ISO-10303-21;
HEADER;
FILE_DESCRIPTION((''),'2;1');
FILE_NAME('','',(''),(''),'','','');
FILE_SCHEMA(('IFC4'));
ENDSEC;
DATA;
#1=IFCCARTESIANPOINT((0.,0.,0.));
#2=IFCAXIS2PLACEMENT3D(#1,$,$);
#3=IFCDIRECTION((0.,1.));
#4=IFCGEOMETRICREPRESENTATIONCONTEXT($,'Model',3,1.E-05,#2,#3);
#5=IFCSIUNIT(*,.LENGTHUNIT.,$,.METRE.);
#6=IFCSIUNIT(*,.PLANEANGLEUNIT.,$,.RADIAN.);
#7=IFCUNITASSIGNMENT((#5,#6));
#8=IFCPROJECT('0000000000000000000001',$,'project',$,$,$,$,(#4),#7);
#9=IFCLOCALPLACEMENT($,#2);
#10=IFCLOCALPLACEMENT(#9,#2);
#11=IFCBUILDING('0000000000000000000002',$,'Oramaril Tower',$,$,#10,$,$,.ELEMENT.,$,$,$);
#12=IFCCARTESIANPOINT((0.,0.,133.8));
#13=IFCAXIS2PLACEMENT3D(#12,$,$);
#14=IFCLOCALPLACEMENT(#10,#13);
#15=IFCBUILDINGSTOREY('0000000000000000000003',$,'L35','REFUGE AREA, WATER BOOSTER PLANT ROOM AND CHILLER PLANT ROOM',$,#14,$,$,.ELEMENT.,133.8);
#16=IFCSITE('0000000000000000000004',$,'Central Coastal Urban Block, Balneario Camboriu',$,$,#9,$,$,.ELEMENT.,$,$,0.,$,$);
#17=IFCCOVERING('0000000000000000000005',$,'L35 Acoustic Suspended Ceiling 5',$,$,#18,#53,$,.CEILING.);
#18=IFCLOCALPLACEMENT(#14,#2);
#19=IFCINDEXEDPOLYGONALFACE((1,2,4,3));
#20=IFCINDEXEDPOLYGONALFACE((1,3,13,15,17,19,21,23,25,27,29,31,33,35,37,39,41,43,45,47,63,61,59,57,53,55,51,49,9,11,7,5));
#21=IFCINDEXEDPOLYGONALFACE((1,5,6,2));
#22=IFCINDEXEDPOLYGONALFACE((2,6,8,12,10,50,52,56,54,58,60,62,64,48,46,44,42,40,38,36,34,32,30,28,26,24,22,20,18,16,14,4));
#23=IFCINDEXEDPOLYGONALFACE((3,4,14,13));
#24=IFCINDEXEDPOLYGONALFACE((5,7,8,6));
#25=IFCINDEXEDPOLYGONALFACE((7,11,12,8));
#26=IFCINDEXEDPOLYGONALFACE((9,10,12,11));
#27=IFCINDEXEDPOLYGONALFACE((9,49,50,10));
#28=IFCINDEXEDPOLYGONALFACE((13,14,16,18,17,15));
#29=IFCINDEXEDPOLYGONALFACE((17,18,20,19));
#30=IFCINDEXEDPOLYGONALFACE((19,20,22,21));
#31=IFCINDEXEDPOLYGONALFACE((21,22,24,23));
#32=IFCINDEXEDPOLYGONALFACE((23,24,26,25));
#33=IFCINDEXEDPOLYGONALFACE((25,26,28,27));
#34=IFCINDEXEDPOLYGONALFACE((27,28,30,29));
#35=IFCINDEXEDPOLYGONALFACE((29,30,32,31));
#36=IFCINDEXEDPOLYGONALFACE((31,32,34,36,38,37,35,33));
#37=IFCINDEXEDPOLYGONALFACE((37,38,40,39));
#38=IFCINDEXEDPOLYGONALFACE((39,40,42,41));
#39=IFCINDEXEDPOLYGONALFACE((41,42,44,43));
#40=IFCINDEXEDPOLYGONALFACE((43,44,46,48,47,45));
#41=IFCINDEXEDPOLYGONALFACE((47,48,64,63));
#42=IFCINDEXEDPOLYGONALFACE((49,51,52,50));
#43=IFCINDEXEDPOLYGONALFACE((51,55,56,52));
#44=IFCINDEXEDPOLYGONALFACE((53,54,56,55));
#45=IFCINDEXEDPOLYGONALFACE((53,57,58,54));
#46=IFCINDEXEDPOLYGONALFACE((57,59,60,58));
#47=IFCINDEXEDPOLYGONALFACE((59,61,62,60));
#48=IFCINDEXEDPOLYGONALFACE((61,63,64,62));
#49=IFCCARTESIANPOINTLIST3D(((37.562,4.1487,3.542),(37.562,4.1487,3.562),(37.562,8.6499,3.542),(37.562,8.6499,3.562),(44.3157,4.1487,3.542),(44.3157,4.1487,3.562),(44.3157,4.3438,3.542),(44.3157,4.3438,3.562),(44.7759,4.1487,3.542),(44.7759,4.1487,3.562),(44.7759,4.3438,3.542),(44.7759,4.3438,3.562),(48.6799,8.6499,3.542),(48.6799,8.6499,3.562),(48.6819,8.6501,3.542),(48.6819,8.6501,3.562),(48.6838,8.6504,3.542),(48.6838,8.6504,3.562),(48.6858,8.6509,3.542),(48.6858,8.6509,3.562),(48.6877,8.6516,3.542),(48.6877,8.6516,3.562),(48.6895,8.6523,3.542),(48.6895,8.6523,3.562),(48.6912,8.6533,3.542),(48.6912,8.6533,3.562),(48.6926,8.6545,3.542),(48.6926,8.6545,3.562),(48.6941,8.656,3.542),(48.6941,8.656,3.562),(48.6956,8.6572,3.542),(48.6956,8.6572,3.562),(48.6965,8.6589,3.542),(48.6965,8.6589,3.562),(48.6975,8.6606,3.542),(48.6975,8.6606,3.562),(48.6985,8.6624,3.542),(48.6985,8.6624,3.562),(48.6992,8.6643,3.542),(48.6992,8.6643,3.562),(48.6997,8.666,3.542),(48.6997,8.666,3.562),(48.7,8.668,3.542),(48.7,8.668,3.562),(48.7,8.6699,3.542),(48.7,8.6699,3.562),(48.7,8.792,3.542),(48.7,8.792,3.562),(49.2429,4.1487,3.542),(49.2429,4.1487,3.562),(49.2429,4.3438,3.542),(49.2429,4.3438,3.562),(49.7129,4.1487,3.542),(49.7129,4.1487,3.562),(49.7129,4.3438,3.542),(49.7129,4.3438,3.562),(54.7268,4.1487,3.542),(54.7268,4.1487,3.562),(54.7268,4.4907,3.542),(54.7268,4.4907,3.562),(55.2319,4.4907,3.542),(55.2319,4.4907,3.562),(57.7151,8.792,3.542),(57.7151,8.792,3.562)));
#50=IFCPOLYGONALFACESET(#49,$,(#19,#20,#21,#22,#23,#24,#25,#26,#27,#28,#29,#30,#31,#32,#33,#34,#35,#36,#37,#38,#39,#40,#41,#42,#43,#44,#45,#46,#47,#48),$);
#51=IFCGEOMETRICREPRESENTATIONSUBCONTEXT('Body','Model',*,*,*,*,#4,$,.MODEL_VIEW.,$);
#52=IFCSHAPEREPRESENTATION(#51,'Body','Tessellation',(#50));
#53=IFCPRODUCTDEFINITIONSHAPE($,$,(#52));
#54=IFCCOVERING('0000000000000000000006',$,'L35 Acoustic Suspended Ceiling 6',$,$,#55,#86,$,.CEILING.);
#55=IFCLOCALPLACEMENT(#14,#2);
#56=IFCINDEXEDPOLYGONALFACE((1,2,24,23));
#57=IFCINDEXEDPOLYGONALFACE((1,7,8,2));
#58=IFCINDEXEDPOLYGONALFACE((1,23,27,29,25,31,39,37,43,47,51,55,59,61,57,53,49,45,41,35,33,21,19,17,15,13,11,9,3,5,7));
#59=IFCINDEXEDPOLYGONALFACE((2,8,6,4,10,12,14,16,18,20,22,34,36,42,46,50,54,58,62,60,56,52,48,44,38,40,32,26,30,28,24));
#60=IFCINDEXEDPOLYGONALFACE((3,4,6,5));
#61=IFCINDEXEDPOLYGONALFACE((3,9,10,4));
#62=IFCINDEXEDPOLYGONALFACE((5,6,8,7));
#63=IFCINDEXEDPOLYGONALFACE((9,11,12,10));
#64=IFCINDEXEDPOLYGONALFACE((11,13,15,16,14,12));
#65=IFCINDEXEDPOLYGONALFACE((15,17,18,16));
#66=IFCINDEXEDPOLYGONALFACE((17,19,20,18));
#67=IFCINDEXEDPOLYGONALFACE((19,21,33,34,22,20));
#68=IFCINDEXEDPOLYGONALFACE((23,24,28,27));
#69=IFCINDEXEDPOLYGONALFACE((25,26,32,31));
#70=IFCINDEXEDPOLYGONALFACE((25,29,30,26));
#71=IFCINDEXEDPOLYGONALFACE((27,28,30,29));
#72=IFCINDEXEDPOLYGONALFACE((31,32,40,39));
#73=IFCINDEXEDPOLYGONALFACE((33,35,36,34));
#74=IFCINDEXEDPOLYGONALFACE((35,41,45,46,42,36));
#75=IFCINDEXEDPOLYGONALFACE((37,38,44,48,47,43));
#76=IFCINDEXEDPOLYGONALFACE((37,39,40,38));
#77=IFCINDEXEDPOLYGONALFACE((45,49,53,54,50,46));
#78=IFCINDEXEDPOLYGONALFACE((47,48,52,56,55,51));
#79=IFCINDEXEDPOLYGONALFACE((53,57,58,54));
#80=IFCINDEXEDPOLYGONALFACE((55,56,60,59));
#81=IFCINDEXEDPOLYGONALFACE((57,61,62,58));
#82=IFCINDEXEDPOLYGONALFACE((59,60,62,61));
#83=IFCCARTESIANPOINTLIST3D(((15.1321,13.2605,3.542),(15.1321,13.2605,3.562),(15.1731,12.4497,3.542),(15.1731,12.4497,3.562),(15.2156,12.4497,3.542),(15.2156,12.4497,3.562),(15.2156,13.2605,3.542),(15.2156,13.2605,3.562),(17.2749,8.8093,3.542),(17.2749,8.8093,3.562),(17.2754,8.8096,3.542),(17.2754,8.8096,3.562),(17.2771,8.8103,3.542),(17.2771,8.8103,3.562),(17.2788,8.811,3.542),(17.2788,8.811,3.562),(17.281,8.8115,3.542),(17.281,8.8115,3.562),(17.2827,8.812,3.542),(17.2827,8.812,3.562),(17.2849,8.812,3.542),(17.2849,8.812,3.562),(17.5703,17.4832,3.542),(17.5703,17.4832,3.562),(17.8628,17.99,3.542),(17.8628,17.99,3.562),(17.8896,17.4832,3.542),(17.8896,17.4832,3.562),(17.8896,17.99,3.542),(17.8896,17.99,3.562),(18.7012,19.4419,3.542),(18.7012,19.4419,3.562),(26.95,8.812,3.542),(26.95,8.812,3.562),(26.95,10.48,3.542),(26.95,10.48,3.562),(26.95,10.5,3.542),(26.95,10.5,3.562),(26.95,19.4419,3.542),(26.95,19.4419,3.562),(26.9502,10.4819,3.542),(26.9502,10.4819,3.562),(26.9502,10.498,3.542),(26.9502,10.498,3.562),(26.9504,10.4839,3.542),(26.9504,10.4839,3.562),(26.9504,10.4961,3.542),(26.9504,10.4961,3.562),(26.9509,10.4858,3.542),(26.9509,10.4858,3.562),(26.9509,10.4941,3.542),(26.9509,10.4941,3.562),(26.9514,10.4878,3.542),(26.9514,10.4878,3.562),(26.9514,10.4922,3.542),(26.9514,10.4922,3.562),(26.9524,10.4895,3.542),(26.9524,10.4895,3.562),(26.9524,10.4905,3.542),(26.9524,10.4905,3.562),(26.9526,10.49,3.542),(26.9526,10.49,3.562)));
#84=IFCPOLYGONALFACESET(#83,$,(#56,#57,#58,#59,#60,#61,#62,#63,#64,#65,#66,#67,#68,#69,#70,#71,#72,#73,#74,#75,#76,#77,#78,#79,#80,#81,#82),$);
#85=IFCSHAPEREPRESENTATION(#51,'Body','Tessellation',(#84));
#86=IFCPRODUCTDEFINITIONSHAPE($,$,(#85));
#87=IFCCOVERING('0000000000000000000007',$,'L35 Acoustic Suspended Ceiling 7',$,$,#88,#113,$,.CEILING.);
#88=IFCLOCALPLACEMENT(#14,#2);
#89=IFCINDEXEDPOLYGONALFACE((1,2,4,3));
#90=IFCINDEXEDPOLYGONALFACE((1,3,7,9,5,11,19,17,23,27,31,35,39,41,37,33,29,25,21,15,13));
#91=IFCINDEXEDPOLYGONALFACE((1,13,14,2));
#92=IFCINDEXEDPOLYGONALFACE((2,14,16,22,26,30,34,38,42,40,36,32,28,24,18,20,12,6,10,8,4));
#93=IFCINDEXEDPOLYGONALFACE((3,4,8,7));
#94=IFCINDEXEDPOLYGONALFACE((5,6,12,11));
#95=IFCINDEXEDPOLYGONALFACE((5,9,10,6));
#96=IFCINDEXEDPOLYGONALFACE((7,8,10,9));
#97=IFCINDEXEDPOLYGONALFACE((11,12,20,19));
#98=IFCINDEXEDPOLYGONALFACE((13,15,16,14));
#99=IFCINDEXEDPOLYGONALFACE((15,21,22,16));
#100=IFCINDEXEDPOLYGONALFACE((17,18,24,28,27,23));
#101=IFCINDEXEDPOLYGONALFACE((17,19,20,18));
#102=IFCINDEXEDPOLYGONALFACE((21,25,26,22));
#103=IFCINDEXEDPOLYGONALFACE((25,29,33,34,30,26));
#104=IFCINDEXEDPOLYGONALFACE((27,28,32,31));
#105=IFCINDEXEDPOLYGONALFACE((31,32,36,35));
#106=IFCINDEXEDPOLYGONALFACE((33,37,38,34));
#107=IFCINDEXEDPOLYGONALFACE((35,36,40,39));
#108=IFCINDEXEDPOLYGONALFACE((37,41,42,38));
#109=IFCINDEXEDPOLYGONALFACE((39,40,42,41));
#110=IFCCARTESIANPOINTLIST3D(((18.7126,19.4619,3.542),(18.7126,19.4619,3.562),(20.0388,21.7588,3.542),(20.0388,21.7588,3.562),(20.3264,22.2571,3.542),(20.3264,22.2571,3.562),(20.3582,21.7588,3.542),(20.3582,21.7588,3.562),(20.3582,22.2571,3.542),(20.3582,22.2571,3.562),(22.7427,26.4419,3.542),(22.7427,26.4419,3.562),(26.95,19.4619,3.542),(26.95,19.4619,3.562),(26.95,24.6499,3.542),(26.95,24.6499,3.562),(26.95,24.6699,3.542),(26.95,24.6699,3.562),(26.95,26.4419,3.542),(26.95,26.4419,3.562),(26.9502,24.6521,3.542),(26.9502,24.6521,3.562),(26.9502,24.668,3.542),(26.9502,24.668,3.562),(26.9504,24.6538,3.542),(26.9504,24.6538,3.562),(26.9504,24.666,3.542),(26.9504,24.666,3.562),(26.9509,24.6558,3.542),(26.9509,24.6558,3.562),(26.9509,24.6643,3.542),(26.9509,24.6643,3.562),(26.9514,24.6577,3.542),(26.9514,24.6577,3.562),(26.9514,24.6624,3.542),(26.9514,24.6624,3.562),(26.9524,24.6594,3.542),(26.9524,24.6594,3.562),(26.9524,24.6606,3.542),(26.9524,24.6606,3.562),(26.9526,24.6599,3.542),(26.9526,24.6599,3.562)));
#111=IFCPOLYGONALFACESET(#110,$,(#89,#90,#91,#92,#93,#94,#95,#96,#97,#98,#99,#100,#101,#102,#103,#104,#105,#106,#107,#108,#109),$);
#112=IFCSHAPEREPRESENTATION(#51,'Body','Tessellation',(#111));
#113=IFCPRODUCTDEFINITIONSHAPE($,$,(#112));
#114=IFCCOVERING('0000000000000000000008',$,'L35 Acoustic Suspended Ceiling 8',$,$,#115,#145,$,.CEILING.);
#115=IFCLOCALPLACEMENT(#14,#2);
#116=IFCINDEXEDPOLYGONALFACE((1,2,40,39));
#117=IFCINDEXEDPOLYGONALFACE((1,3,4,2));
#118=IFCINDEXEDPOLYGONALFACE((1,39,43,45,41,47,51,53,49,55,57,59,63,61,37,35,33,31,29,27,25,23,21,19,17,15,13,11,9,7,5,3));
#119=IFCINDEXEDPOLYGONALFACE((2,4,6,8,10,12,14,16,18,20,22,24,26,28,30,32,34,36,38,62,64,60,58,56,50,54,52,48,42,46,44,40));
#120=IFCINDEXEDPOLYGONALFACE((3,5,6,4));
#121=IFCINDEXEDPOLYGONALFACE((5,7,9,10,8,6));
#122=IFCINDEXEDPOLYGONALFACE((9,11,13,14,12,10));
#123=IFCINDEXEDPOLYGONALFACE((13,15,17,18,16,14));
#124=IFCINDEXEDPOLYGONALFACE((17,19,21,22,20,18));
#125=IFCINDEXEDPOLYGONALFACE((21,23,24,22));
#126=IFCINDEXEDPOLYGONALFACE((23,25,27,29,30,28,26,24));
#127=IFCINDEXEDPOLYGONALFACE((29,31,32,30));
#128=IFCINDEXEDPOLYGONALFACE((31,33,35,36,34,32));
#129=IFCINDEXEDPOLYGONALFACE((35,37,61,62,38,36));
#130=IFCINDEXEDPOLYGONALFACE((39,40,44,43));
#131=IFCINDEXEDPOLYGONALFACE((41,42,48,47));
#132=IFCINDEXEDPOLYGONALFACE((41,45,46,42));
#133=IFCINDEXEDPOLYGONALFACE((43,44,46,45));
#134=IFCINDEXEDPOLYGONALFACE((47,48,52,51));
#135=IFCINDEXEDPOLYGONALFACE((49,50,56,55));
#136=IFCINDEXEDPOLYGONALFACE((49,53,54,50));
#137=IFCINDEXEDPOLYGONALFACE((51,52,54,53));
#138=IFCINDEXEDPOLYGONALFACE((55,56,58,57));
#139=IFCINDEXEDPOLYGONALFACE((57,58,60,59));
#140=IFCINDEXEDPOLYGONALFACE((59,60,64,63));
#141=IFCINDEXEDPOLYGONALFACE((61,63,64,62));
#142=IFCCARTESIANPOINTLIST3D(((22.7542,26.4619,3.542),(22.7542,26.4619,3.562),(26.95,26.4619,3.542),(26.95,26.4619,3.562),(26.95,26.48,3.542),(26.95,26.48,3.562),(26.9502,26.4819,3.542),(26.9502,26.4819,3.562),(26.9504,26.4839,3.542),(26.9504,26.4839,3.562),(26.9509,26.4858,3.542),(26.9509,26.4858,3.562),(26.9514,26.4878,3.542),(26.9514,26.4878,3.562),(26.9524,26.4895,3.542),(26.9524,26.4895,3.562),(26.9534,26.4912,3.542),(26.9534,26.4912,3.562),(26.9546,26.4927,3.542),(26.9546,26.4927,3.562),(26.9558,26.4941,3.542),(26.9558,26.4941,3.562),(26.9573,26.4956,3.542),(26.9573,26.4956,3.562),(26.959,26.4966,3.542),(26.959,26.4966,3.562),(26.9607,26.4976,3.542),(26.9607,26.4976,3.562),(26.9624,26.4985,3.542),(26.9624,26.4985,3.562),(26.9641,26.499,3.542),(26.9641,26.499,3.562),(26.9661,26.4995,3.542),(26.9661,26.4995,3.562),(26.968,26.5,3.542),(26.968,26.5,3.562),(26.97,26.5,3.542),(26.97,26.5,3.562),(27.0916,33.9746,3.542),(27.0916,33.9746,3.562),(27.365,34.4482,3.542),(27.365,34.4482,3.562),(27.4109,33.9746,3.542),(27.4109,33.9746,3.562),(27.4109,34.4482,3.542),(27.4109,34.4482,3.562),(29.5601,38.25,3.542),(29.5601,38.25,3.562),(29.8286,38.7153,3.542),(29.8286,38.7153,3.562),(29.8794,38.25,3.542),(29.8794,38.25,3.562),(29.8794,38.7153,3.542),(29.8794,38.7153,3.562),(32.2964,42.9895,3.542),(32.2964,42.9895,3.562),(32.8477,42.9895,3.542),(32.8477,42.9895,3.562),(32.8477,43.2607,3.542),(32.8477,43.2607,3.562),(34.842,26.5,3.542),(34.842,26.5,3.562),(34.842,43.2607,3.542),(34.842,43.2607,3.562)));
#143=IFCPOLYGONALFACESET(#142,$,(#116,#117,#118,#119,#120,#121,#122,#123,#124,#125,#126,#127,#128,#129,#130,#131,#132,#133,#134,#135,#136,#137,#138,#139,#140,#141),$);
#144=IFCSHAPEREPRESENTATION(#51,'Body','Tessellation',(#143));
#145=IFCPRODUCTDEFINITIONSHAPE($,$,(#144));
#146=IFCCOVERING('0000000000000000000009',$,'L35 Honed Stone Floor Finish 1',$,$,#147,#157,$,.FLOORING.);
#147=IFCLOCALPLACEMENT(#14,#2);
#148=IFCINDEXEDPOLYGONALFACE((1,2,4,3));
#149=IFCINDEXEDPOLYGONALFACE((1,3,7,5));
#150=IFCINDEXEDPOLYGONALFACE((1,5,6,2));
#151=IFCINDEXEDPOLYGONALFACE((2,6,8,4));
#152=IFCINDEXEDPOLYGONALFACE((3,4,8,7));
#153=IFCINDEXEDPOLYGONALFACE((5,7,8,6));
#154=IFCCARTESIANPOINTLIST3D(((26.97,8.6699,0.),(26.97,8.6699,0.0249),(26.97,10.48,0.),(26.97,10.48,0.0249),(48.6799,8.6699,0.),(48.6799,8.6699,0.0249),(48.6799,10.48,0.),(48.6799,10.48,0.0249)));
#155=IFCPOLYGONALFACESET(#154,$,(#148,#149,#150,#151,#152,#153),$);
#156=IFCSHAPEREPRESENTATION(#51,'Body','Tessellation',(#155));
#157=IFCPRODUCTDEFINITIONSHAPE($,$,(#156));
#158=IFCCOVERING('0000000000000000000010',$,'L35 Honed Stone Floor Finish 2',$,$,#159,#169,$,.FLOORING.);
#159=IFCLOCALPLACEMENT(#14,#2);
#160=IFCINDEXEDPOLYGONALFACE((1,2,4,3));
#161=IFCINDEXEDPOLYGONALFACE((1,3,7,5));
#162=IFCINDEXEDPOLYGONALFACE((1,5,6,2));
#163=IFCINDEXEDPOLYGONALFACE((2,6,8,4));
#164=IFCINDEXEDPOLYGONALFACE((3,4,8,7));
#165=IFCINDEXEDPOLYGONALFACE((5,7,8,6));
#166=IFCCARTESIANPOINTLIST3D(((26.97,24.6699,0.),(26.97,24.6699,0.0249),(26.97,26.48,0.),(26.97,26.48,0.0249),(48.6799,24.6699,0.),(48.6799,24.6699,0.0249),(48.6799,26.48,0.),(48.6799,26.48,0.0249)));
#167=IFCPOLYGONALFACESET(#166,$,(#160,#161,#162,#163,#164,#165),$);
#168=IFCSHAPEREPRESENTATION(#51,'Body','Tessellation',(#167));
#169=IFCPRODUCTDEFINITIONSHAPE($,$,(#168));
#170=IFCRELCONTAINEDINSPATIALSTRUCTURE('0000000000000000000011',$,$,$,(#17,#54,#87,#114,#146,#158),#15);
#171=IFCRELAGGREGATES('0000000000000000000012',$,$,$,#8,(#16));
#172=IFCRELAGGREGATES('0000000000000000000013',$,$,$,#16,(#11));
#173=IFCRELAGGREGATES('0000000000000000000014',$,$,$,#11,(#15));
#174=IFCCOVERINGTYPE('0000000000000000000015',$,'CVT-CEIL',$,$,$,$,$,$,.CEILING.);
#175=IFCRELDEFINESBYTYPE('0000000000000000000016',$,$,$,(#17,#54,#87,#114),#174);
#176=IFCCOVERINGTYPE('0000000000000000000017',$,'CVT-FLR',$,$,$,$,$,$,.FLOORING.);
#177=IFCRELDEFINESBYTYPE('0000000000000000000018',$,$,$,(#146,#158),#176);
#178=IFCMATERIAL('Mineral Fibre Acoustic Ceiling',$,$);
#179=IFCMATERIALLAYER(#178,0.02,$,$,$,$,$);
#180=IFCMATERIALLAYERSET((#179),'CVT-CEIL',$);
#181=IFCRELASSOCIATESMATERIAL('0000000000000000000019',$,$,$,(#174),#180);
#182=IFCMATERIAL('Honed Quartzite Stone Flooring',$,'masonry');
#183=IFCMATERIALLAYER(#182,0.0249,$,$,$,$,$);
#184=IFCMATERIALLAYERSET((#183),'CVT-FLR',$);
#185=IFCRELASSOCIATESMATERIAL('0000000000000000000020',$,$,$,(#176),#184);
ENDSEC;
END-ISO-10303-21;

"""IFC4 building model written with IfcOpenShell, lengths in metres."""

from ifc_helpers import new_model, si_unit, direction, frame, origin, place, context, subcontext, project, spatial, polyline, outline, extrude, material, layer, layer_set, type_object, element, save


model = new_model("IFC4")

# Units and contexts
model_context = context("Model", 3, precision=1e-05, world=origin(), true_north=direction((0.0, 1.0)))
body_context = subcontext(model_context, "Body", "Model", "MODEL_VIEW")
ifc_project = project(units=[si_unit("LENGTHUNIT", "METRE"), si_unit("PLANEANGLEUNIT", "RADIAN")], contexts=[model_context])

# Site, building, storey
site_placement = place(None, origin())
site = spatial("IfcSite", under=ifc_project, at=site_placement, Name="Central Coastal Urban Block, Balneario Camboriu", CompositionType="ELEMENT", RefElevation=0.0)
building_placement = place(site_placement, origin())
building = spatial("IfcBuilding", under=site, at=building_placement, Name="Oramaril Tower", CompositionType="ELEMENT")
storey_placement = place(building_placement, frame((0.0, 0.0, 133.8)))
storey = spatial("IfcBuildingStorey", under=building, at=storey_placement, Name="L35", Description="REFUGE AREA, WATER BOOSTER PLANT ROOM AND CHILLER PLANT ROOM", CompositionType="ELEMENT", Elevation=133.8)

# Coverings
ifc_material_1 = material(Name="Mineral Fibre Acoustic Ceiling")
ifc_layer_1 = layer(ifc_material_1, 0.02)
ifc_layer_set_1 = layer_set([ifc_layer_1], Name="CVT-CEIL")
covering_type_1 = type_object("IfcCoveringType", Name="CVT-CEIL", PredefinedType="CEILING", material=ifc_layer_set_1)
covering_1_placement = place(storey_placement, frame((0.0, 0.0, 3.542)))
element("IfcCovering", 1, at=covering_1_placement, inside=storey, type_object=covering_type_1, Name="L35 Acoustic Suspended Ceiling 5", PredefinedType="CEILING", context=body_context, shape_type="SweptSolid", body=[
    extrude(outline(polyline([(49.7129, 4.3438), (49.2429, 4.3438), (49.2429, 4.1487), (44.7759, 4.1487), (44.7759, 4.3438), (44.3157, 4.3438), (44.3157, 4.1487), (37.562, 4.1487), (37.562, 8.6499), (48.6799, 8.6499), (48.6819, 8.6501), (48.6838, 8.6504), (48.6858, 8.6509), (48.6877, 8.6516), (48.6895, 8.6523), (48.6912, 8.6533), (48.6926, 8.6545), (48.6941, 8.656), (48.6956, 8.6572), (48.6965, 8.6589), (48.6975, 8.6606), (48.6985, 8.6624), (48.6992, 8.6643), (48.6997, 8.666), (48.7, 8.668), (48.7, 8.6699), (48.7, 8.792), (57.7151, 8.792), (55.2319, 4.4907), (54.7268, 4.4907), (54.7268, 4.1487), (49.7129, 4.1487), (49.7129, 4.3438)])), origin(), (0.0, 0.0, 1.0), 0.02),
])
covering_2_placement = place(storey_placement, frame((0.0, 0.0, 3.542)))
element("IfcCovering", 2, at=covering_2_placement, inside=storey, type_object=covering_type_1, Name="L35 Acoustic Suspended Ceiling 6", PredefinedType="CEILING", context=body_context, shape_type="SweptSolid", body=[
    extrude(outline(polyline([(15.1731, 12.4497), (15.2156, 12.4497), (15.2156, 13.2605), (15.1321, 13.2605), (17.5703, 17.4832), (17.8896, 17.4832), (17.8896, 17.99), (17.8628, 17.99), (18.7012, 19.4419), (26.95, 19.4419), (26.95, 10.5), (26.9502, 10.498), (26.9504, 10.4961), (26.9509, 10.4941), (26.9514, 10.4922), (26.9524, 10.4905), (26.9526, 10.49), (26.9524, 10.4895), (26.9514, 10.4878), (26.9509, 10.4858), (26.9504, 10.4839), (26.9502, 10.4819), (26.95, 10.48), (26.95, 8.812), (17.2849, 8.812), (17.2827, 8.812), (17.281, 8.8115), (17.2788, 8.811), (17.2771, 8.8103), (17.2754, 8.8096), (17.2749, 8.8093), (15.1731, 12.4497)])), origin(), (0.0, 0.0, 1.0), 0.02),
])
covering_3_placement = place(storey_placement, frame((0.0, 0.0, 3.542)))
element("IfcCovering", 3, at=covering_3_placement, inside=storey, type_object=covering_type_1, Name="L35 Acoustic Suspended Ceiling 7", PredefinedType="CEILING", context=body_context, shape_type="SweptSolid", body=[
    extrude(outline(polyline([(20.0388, 21.7588), (20.3582, 21.7588), (20.3582, 22.2571), (20.3264, 22.2571), (22.7427, 26.4419), (26.95, 26.4419), (26.95, 24.6699), (26.9502, 24.668), (26.9504, 24.666), (26.9509, 24.6643), (26.9514, 24.6624), (26.9524, 24.6606), (26.9526, 24.6599), (26.9524, 24.6594), (26.9514, 24.6577), (26.9509, 24.6558), (26.9504, 24.6538), (26.9502, 24.6521), (26.95, 24.6499), (26.95, 19.4619), (18.7126, 19.4619), (20.0388, 21.7588)])), origin(), (0.0, 0.0, 1.0), 0.02),
])
covering_4_placement = place(storey_placement, frame((0.0, 0.0, 3.542)))
element("IfcCovering", 4, at=covering_4_placement, inside=storey, type_object=covering_type_1, Name="L35 Acoustic Suspended Ceiling 8", PredefinedType="CEILING", context=body_context, shape_type="SweptSolid", body=[
    extrude(outline(polyline([(27.4109, 33.9746), (27.4109, 34.4482), (27.365, 34.4482), (29.5601, 38.25), (29.8794, 38.25), (29.8794, 38.7153), (29.8286, 38.7153), (32.2964, 42.9895), (32.8477, 42.9895), (32.8477, 43.2607), (34.842, 43.2607), (34.842, 26.5), (26.97, 26.5), (26.968, 26.5), (26.9661, 26.4995), (26.9641, 26.499), (26.9624, 26.4985), (26.9607, 26.4976), (26.959, 26.4966), (26.9573, 26.4956), (26.9558, 26.4941), (26.9546, 26.4927), (26.9534, 26.4912), (26.9524, 26.4895), (26.9514, 26.4878), (26.9509, 26.4858), (26.9504, 26.4839), (26.9502, 26.4819), (26.95, 26.48), (26.95, 26.4619), (22.7542, 26.4619), (27.0916, 33.9746), (27.4109, 33.9746)])), origin(), (0.0, 0.0, 1.0), 0.02),
])
ifc_material_2 = material(Name="Honed Quartzite Stone Flooring", Category="masonry")
ifc_layer_2 = layer(ifc_material_2, 0.0249)
ifc_layer_set_2 = layer_set([ifc_layer_2], Name="CVT-FLR")
covering_type_2 = type_object("IfcCoveringType", Name="CVT-FLR", PredefinedType="FLOORING", material=ifc_layer_set_2)
covering_5_placement = place(storey_placement, origin())
element("IfcCovering", 5, at=covering_5_placement, inside=storey, type_object=covering_type_2, Name="L35 Honed Stone Floor Finish 1", PredefinedType="FLOORING", context=body_context, shape_type="SweptSolid", body=[
    extrude(outline(polyline([(48.6799, 10.48), (48.6799, 8.6699), (26.97, 8.6699), (26.97, 10.48), (48.6799, 10.48)])), origin(), (0.0, 0.0, 1.0), 0.0249),
])
covering_6_placement = place(storey_placement, origin())
element("IfcCovering", 6, at=covering_6_placement, inside=storey, type_object=covering_type_2, Name="L35 Honed Stone Floor Finish 2", PredefinedType="FLOORING", context=body_context, shape_type="SweptSolid", body=[
    extrude(outline(polyline([(48.6799, 26.48), (48.6799, 24.6699), (26.97, 24.6699), (26.97, 26.48), (48.6799, 26.48)])), origin(), (0.0, 0.0, 1.0), 0.0249),
])

save(model, "model.ifc")
